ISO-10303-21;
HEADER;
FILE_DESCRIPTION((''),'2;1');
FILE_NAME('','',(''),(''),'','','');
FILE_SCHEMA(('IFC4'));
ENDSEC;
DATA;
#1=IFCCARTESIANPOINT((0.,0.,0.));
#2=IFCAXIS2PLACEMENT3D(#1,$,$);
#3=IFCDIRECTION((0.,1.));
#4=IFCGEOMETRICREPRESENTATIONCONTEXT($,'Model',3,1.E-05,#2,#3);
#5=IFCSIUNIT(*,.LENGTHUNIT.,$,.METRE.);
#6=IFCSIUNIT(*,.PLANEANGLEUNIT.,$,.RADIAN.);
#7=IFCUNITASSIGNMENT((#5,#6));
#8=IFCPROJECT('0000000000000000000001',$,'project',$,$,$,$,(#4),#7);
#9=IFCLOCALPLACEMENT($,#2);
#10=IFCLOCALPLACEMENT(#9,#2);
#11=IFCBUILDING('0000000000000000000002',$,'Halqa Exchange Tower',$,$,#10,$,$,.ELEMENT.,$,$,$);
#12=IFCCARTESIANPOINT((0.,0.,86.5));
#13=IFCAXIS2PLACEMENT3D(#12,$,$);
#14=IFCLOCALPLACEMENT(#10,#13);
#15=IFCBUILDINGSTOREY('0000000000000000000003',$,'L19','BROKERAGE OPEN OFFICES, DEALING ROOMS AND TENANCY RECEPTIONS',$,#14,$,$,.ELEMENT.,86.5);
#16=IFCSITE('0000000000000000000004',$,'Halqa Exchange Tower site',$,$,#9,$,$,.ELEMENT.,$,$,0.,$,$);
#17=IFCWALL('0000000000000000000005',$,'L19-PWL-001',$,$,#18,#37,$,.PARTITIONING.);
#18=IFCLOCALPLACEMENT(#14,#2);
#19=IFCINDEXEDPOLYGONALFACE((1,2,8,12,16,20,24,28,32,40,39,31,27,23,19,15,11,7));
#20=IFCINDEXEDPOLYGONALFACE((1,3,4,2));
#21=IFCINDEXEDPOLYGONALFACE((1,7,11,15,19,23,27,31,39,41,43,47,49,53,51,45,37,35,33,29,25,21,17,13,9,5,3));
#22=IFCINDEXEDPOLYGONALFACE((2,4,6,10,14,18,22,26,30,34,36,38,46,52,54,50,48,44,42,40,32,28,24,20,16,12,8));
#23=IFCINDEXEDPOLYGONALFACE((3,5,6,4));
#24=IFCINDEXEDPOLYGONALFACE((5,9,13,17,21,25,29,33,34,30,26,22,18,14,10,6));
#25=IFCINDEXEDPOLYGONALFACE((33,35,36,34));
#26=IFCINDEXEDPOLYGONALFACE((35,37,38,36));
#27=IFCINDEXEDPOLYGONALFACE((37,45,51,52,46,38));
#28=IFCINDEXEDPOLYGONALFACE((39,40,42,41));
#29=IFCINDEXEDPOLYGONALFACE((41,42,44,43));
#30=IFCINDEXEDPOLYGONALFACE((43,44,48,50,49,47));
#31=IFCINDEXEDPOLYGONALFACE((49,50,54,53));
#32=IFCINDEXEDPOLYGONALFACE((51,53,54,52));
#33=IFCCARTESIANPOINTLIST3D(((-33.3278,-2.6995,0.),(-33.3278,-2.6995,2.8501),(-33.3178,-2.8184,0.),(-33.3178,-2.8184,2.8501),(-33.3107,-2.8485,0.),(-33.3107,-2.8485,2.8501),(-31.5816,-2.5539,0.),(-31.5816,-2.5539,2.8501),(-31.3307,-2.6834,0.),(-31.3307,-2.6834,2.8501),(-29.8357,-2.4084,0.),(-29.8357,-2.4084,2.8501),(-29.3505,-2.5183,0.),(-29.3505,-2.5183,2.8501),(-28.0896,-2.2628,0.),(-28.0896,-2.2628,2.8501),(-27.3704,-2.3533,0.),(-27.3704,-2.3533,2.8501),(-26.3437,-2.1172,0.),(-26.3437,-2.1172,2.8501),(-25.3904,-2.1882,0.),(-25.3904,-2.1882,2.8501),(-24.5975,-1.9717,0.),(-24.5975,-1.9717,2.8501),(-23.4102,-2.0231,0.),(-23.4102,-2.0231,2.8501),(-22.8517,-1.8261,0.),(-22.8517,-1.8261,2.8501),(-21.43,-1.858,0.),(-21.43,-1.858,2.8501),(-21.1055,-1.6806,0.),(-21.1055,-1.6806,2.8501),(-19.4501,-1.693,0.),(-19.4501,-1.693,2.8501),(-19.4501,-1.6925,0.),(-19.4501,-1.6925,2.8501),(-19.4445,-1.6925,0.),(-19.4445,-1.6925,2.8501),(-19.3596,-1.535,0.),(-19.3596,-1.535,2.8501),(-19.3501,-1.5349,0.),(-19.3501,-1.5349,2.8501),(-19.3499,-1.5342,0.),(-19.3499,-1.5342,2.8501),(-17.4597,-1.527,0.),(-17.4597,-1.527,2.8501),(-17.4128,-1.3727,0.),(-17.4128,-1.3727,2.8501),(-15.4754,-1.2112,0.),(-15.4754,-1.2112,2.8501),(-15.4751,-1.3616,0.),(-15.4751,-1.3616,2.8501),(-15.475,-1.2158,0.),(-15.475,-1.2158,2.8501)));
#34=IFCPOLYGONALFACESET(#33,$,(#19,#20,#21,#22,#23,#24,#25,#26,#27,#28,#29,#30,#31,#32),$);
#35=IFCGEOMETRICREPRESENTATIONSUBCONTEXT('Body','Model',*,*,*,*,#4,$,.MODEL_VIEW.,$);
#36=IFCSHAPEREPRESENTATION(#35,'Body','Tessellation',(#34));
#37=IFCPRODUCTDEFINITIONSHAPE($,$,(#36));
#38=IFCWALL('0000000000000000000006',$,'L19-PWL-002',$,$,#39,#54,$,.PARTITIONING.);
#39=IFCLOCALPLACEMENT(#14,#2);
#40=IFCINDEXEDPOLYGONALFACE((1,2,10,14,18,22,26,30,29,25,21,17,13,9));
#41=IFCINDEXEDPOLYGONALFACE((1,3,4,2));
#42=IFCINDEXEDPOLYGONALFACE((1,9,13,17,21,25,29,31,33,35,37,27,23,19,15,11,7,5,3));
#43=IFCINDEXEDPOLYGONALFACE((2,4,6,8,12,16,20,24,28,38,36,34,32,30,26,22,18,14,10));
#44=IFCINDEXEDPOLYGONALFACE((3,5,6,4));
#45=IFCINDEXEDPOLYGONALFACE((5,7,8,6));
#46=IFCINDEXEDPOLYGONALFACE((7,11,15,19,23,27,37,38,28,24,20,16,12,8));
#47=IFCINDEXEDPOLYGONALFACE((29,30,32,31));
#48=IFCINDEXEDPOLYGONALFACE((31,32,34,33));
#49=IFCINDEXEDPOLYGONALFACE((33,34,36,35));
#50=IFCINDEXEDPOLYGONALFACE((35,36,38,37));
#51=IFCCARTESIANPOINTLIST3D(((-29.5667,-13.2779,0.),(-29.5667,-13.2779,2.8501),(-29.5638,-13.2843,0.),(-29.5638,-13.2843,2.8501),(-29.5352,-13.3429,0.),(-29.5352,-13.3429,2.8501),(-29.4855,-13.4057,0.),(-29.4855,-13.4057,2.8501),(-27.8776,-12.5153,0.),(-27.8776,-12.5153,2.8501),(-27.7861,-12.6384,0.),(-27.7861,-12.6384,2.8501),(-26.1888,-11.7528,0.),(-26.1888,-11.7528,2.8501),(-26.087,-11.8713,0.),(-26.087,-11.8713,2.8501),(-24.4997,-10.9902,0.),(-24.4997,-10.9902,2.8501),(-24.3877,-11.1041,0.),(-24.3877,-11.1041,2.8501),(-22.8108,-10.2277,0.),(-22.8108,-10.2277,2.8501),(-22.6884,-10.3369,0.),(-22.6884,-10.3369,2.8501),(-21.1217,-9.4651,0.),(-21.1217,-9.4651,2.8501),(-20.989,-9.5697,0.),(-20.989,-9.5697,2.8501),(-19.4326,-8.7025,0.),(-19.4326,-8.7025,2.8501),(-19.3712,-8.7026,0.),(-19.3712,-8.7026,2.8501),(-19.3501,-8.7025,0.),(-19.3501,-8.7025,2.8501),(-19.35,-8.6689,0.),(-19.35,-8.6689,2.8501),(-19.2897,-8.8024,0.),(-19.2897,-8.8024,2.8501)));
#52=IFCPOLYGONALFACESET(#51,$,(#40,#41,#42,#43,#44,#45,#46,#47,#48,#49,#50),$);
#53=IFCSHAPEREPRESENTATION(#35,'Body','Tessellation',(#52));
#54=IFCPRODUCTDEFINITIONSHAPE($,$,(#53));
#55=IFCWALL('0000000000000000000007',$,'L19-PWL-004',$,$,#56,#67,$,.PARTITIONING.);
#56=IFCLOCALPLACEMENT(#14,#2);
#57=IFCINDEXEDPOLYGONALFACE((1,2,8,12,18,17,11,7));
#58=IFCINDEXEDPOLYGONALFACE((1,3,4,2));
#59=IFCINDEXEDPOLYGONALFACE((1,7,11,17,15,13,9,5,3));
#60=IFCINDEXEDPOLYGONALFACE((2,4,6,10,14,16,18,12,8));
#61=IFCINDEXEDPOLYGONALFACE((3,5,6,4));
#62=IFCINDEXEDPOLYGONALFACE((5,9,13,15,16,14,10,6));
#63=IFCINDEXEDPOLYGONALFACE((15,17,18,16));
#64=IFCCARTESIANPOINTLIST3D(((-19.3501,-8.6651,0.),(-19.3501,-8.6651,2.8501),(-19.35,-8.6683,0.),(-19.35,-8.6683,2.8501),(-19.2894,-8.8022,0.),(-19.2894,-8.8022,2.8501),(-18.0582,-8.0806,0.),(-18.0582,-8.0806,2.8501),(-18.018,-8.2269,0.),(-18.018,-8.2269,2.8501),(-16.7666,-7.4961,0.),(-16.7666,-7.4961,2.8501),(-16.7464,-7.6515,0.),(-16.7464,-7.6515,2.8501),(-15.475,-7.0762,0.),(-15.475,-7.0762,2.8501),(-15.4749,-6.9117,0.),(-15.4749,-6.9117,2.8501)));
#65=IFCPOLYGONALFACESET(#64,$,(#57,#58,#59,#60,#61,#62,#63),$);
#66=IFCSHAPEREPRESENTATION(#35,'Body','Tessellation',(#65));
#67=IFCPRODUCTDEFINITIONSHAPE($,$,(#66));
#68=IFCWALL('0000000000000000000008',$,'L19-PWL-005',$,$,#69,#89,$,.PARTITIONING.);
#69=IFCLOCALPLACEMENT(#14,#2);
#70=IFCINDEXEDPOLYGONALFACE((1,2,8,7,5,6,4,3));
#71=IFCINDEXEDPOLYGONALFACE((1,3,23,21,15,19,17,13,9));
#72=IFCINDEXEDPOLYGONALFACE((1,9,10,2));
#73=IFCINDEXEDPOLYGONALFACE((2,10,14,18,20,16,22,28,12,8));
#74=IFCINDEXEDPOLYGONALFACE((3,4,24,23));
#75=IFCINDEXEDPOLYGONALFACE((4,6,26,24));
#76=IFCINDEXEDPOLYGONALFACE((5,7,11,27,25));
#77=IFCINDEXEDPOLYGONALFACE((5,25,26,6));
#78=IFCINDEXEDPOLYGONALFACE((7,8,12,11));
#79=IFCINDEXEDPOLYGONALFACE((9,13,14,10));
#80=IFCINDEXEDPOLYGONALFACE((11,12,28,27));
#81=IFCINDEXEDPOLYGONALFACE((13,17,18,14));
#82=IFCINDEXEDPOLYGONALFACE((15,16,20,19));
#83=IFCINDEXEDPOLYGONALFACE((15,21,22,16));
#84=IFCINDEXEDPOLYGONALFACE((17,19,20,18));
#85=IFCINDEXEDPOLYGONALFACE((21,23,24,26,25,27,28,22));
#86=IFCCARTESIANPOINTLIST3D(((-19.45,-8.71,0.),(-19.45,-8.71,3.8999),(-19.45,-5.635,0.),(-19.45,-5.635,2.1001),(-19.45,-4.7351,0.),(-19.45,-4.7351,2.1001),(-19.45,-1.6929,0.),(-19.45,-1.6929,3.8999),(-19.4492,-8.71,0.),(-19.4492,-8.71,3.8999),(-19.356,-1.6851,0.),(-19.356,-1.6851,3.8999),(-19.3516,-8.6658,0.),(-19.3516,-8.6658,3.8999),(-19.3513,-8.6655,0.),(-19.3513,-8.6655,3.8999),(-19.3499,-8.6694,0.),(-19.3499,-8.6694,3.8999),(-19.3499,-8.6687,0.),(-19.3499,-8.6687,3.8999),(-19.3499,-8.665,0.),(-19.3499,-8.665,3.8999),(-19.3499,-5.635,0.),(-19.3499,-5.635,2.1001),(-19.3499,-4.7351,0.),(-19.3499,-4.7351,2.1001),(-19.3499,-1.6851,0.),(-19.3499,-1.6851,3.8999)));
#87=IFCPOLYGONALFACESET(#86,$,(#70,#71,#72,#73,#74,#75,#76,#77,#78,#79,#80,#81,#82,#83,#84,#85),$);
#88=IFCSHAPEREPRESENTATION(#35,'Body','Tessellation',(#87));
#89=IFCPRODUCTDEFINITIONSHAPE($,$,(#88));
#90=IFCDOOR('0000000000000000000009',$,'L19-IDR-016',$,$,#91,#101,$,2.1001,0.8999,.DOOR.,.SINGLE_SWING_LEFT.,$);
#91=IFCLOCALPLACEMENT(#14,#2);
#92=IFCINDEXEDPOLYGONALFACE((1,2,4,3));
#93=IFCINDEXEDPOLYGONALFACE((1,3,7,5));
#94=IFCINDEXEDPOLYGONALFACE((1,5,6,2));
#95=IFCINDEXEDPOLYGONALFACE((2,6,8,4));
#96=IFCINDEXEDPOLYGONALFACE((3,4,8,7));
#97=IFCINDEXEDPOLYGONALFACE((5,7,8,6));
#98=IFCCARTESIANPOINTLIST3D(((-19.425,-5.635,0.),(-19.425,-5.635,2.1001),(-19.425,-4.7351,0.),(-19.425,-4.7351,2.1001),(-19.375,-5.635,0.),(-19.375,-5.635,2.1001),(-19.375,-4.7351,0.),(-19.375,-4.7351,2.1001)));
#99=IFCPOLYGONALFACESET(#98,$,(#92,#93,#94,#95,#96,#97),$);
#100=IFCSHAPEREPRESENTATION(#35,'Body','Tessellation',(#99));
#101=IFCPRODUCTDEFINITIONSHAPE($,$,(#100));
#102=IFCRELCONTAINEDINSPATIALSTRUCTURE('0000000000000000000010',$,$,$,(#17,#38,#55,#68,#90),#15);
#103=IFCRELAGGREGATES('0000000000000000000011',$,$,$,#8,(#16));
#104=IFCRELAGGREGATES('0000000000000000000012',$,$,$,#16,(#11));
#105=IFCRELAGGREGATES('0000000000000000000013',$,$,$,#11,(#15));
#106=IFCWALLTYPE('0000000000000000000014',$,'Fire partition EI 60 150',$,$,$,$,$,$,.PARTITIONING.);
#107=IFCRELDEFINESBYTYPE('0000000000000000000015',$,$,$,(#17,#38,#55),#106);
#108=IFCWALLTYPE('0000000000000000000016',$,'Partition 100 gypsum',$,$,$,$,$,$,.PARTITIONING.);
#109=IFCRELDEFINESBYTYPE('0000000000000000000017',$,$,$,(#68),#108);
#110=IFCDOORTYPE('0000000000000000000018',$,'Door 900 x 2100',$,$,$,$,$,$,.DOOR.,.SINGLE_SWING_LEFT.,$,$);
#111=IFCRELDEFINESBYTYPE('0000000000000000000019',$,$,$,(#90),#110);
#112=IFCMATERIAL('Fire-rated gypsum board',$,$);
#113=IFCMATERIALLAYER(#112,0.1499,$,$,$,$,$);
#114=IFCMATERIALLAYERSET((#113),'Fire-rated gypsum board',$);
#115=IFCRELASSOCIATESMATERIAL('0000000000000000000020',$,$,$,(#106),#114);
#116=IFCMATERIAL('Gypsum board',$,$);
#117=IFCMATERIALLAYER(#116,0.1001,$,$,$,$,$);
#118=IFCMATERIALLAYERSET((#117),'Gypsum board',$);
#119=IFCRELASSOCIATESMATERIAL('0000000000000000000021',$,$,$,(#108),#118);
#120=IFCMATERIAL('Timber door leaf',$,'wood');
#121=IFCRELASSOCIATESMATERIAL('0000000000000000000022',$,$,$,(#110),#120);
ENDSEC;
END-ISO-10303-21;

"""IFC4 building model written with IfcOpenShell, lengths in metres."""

from ifc_helpers import new_model, si_unit, direction, frame, frame_2d, origin, place, context, subcontext, project, spatial, polyline, rectangle, outline, extrude, material, layer, layer_set, type_object, element, fill, save


model = new_model("IFC4")

# Units and contexts
model_context = context("Model", 3, precision=1e-05, world=origin(), true_north=direction((0.0, 1.0)))
body_context = subcontext(model_context, "Body", "Model", "MODEL_VIEW")
ifc_project = project(units=[si_unit("LENGTHUNIT", "METRE"), si_unit("PLANEANGLEUNIT", "RADIAN")], contexts=[model_context])

# Site, building, storey
site_placement = place(None, origin())
site = spatial("IfcSite", under=ifc_project, at=site_placement, Name="Halqa Exchange Tower site", CompositionType="ELEMENT", RefElevation=0.0)
building_placement = place(site_placement, origin())
building = spatial("IfcBuilding", under=site, at=building_placement, Name="Halqa Exchange Tower", CompositionType="ELEMENT")
storey_placement = place(building_placement, frame((0.0, 0.0, 86.5)))
storey = spatial("IfcBuildingStorey", under=building, at=storey_placement, Name="L19", Description="BROKERAGE OPEN OFFICES, DEALING ROOMS AND TENANCY RECEPTIONS", CompositionType="ELEMENT", Elevation=86.5)

# Walls
ifc_material_1 = material(Name="Fire-rated gypsum board")
ifc_layer_1 = layer(ifc_material_1, 0.1499)
ifc_layer_set_1 = layer_set([ifc_layer_1], Name="Fire-rated gypsum board")
wall_type_1 = type_object("IfcWallType", Name="Fire partition EI 60 150", PredefinedType="PARTITIONING", material=ifc_layer_set_1)
wall_1_placement = place(storey_placement, frame((-33.3215, -2.7742, 0.0), z_axis=(0.0, 0.0, 1.0), x_axis=(0.996543, 0.083078, 0.0)))
element("IfcWall", 1, at=wall_1_placement, inside=storey, type_object=wall_type_1, Name="L19-PWL-001", PredefinedType="PARTITIONING", context=body_context, shape_type="SweptSolid", body=[
    extrude(outline(polyline([(0.0046, -0.075), (1.9915, -0.075), (3.9785, -0.075), (5.9656, -0.075), (7.9524, -0.075), (9.9395, -0.075), (11.9265, -0.075), (13.9133, -0.075), (13.9133, -0.0745), (13.9189, -0.075), (15.9106, -0.075), (17.9021, -0.075), (17.9143, 0.0703), (17.9143, 0.075), (15.9702, 0.075), (14.0264, 0.075), (14.0261, 0.0742), (14.0166, 0.075), (12.2646, 0.075), (10.5125, 0.075), (8.7605, 0.075), (7.0083, 0.075), (5.2563, 0.075), (3.5042, 0.075), (1.7522, 0.075), (0.0, 0.075), (0.0, -0.0444), (0.0046, -0.075)])), origin(), (0.0, 0.0, 1.0), 2.8501),
])
wall_2_placement = place(storey_placement, frame((-29.5359, -13.3462, 0.0), z_axis=(0.0, 0.0, 1.0), x_axis=(0.911415, 0.411489, 0.0)))
element("IfcWall", 2, at=wall_2_placement, inside=storey, type_object=wall_type_1, Name="L19-PWL-002", PredefinedType="PARTITIONING", context=body_context, shape_type="SweptSolid", body=[
    extrude(outline(polyline([(11.2083, -0.075), (11.2083, 0.0715), (11.1943, 0.041), (11.175, 0.0496), (11.175, 0.0496), (11.1191, 0.075), (9.2659, 0.075), (7.4126, 0.075), (5.5596, 0.075), (3.7063, 0.075), (1.8533, 0.075), (0.0, 0.075), (0.0, 0.0679), (0.002, 0.0027), (0.0215, -0.075), (1.886, -0.075), (3.7502, -0.075), (5.6147, -0.075), (7.4792, -0.075), (9.3438, -0.075), (11.2083, -0.075)])), origin(), (0.0, 0.0, 1.0), 2.8501),
])
wall_3_placement = place(storey_placement, frame((-19.3203, -8.7339, 0.0), z_axis=(0.0, 0.0, 1.0), x_axis=(0.911075, 0.412242, 0.0)))
element("IfcWall", 3, at=wall_3_placement, inside=storey, type_object=wall_type_1, Name="L19-PWL-004", PredefinedType="PARTITIONING", context=body_context, shape_type="SweptSolid", body=[
    extrude(outline(polyline([(0.0, -0.075), (1.3955, -0.075), (2.7913, -0.075), (4.1868, -0.075), (4.2546, 0.075), (2.8369, 0.075), (1.4192, 0.075), (0.0012, 0.075), (0.0, 0.072), (0.0, -0.075)])), origin(), (0.0, 0.0, 1.0), 2.8501),
])

# Wall, opening, door
ifc_material_2 = material(Name="Gypsum board")
ifc_layer_2 = layer(ifc_material_2, 0.1001)
ifc_layer_set_2 = layer_set([ifc_layer_2], Name="Gypsum board")
wall_type_2 = type_object("IfcWallType", Name="Partition 100 gypsum", PredefinedType="PARTITIONING", material=ifc_layer_set_2)
wall_4_placement = place(storey_placement, frame((-19.3999, -8.71, 0.0), z_axis=(0.0, 0.0, 1.0), x_axis=(0.0, 1.0, 0.0)))
wall_4 = element("IfcWall", 4, at=wall_4_placement, inside=storey, type_object=wall_type_2, Name="L19-PWL-005", PredefinedType="PARTITIONING", context=body_context, shape_type="SweptSolid", body=[
    extrude(outline(polyline([(0.0405, -0.05), (0.0413, -0.05), (0.0444, -0.0486), (0.0449, -0.05), (1.79, -0.05), (3.5349, -0.05), (5.28, -0.05), (7.0249, -0.05), (7.0249, -0.0439), (7.0171, 0.05), (5.2627, 0.05), (3.5085, 0.05), (1.7542, 0.05), (0.0, 0.05), (0.0, 0.0493), (0.0442, -0.0483), (0.0405, -0.05)])), origin(), (0.0, 0.0, 1.0), 3.8999),
])
opening_1_placement = place(wall_4_placement, frame((3.075, 0.0, 0.0)))
opening_1 = element("IfcOpeningElement", 5, at=opening_1_placement, cuts=wall_4, PredefinedType="OPENING", context=body_context, shape_type="SweptSolid", body=[
    extrude(rectangle(XDim=0.8999, YDim=2.1001, at=frame_2d((0.45, 1.05))), frame((0.0, 0.062, 0.0), z_axis=(0.0, -1.0, 0.0), x_axis=(1.0, 0.0, 0.0)), (0.0, 0.0, 1.0), 0.124),
])
ifc_material_3 = material(Name="Timber door leaf", Category="wood")
door_type_1 = type_object("IfcDoorType", Name="Door 900 x 2100", OperationType="SINGLE_SWING_LEFT", PredefinedType="DOOR", material=ifc_material_3)
door_1_placement = place(opening_1_placement, frame((0.8999, 0.0, 0.0), z_axis=(0.0, 0.0, 1.0), x_axis=(-1.0, 0.0, 0.0)))
door_1 = element("IfcDoor", 6, at=door_1_placement, inside=storey, type_object=door_type_1, Name="L19-IDR-016", OperationType="SINGLE_SWING_LEFT", OverallHeight=2.1001, OverallWidth=0.8999, PredefinedType="DOOR", context=body_context, shape_type="SweptSolid", body=[
    extrude(rectangle(XDim=0.8999, YDim=2.1001, at=frame_2d((0.45, 1.05))), frame((0.0, 0.0249, 0.0), z_axis=(0.0, -1.0, 0.0), x_axis=(1.0, 0.0, 0.0)), (0.0, 0.0, 1.0), 0.05),
])
fill(opening_1, door_1)

save(model, "model.ifc")
